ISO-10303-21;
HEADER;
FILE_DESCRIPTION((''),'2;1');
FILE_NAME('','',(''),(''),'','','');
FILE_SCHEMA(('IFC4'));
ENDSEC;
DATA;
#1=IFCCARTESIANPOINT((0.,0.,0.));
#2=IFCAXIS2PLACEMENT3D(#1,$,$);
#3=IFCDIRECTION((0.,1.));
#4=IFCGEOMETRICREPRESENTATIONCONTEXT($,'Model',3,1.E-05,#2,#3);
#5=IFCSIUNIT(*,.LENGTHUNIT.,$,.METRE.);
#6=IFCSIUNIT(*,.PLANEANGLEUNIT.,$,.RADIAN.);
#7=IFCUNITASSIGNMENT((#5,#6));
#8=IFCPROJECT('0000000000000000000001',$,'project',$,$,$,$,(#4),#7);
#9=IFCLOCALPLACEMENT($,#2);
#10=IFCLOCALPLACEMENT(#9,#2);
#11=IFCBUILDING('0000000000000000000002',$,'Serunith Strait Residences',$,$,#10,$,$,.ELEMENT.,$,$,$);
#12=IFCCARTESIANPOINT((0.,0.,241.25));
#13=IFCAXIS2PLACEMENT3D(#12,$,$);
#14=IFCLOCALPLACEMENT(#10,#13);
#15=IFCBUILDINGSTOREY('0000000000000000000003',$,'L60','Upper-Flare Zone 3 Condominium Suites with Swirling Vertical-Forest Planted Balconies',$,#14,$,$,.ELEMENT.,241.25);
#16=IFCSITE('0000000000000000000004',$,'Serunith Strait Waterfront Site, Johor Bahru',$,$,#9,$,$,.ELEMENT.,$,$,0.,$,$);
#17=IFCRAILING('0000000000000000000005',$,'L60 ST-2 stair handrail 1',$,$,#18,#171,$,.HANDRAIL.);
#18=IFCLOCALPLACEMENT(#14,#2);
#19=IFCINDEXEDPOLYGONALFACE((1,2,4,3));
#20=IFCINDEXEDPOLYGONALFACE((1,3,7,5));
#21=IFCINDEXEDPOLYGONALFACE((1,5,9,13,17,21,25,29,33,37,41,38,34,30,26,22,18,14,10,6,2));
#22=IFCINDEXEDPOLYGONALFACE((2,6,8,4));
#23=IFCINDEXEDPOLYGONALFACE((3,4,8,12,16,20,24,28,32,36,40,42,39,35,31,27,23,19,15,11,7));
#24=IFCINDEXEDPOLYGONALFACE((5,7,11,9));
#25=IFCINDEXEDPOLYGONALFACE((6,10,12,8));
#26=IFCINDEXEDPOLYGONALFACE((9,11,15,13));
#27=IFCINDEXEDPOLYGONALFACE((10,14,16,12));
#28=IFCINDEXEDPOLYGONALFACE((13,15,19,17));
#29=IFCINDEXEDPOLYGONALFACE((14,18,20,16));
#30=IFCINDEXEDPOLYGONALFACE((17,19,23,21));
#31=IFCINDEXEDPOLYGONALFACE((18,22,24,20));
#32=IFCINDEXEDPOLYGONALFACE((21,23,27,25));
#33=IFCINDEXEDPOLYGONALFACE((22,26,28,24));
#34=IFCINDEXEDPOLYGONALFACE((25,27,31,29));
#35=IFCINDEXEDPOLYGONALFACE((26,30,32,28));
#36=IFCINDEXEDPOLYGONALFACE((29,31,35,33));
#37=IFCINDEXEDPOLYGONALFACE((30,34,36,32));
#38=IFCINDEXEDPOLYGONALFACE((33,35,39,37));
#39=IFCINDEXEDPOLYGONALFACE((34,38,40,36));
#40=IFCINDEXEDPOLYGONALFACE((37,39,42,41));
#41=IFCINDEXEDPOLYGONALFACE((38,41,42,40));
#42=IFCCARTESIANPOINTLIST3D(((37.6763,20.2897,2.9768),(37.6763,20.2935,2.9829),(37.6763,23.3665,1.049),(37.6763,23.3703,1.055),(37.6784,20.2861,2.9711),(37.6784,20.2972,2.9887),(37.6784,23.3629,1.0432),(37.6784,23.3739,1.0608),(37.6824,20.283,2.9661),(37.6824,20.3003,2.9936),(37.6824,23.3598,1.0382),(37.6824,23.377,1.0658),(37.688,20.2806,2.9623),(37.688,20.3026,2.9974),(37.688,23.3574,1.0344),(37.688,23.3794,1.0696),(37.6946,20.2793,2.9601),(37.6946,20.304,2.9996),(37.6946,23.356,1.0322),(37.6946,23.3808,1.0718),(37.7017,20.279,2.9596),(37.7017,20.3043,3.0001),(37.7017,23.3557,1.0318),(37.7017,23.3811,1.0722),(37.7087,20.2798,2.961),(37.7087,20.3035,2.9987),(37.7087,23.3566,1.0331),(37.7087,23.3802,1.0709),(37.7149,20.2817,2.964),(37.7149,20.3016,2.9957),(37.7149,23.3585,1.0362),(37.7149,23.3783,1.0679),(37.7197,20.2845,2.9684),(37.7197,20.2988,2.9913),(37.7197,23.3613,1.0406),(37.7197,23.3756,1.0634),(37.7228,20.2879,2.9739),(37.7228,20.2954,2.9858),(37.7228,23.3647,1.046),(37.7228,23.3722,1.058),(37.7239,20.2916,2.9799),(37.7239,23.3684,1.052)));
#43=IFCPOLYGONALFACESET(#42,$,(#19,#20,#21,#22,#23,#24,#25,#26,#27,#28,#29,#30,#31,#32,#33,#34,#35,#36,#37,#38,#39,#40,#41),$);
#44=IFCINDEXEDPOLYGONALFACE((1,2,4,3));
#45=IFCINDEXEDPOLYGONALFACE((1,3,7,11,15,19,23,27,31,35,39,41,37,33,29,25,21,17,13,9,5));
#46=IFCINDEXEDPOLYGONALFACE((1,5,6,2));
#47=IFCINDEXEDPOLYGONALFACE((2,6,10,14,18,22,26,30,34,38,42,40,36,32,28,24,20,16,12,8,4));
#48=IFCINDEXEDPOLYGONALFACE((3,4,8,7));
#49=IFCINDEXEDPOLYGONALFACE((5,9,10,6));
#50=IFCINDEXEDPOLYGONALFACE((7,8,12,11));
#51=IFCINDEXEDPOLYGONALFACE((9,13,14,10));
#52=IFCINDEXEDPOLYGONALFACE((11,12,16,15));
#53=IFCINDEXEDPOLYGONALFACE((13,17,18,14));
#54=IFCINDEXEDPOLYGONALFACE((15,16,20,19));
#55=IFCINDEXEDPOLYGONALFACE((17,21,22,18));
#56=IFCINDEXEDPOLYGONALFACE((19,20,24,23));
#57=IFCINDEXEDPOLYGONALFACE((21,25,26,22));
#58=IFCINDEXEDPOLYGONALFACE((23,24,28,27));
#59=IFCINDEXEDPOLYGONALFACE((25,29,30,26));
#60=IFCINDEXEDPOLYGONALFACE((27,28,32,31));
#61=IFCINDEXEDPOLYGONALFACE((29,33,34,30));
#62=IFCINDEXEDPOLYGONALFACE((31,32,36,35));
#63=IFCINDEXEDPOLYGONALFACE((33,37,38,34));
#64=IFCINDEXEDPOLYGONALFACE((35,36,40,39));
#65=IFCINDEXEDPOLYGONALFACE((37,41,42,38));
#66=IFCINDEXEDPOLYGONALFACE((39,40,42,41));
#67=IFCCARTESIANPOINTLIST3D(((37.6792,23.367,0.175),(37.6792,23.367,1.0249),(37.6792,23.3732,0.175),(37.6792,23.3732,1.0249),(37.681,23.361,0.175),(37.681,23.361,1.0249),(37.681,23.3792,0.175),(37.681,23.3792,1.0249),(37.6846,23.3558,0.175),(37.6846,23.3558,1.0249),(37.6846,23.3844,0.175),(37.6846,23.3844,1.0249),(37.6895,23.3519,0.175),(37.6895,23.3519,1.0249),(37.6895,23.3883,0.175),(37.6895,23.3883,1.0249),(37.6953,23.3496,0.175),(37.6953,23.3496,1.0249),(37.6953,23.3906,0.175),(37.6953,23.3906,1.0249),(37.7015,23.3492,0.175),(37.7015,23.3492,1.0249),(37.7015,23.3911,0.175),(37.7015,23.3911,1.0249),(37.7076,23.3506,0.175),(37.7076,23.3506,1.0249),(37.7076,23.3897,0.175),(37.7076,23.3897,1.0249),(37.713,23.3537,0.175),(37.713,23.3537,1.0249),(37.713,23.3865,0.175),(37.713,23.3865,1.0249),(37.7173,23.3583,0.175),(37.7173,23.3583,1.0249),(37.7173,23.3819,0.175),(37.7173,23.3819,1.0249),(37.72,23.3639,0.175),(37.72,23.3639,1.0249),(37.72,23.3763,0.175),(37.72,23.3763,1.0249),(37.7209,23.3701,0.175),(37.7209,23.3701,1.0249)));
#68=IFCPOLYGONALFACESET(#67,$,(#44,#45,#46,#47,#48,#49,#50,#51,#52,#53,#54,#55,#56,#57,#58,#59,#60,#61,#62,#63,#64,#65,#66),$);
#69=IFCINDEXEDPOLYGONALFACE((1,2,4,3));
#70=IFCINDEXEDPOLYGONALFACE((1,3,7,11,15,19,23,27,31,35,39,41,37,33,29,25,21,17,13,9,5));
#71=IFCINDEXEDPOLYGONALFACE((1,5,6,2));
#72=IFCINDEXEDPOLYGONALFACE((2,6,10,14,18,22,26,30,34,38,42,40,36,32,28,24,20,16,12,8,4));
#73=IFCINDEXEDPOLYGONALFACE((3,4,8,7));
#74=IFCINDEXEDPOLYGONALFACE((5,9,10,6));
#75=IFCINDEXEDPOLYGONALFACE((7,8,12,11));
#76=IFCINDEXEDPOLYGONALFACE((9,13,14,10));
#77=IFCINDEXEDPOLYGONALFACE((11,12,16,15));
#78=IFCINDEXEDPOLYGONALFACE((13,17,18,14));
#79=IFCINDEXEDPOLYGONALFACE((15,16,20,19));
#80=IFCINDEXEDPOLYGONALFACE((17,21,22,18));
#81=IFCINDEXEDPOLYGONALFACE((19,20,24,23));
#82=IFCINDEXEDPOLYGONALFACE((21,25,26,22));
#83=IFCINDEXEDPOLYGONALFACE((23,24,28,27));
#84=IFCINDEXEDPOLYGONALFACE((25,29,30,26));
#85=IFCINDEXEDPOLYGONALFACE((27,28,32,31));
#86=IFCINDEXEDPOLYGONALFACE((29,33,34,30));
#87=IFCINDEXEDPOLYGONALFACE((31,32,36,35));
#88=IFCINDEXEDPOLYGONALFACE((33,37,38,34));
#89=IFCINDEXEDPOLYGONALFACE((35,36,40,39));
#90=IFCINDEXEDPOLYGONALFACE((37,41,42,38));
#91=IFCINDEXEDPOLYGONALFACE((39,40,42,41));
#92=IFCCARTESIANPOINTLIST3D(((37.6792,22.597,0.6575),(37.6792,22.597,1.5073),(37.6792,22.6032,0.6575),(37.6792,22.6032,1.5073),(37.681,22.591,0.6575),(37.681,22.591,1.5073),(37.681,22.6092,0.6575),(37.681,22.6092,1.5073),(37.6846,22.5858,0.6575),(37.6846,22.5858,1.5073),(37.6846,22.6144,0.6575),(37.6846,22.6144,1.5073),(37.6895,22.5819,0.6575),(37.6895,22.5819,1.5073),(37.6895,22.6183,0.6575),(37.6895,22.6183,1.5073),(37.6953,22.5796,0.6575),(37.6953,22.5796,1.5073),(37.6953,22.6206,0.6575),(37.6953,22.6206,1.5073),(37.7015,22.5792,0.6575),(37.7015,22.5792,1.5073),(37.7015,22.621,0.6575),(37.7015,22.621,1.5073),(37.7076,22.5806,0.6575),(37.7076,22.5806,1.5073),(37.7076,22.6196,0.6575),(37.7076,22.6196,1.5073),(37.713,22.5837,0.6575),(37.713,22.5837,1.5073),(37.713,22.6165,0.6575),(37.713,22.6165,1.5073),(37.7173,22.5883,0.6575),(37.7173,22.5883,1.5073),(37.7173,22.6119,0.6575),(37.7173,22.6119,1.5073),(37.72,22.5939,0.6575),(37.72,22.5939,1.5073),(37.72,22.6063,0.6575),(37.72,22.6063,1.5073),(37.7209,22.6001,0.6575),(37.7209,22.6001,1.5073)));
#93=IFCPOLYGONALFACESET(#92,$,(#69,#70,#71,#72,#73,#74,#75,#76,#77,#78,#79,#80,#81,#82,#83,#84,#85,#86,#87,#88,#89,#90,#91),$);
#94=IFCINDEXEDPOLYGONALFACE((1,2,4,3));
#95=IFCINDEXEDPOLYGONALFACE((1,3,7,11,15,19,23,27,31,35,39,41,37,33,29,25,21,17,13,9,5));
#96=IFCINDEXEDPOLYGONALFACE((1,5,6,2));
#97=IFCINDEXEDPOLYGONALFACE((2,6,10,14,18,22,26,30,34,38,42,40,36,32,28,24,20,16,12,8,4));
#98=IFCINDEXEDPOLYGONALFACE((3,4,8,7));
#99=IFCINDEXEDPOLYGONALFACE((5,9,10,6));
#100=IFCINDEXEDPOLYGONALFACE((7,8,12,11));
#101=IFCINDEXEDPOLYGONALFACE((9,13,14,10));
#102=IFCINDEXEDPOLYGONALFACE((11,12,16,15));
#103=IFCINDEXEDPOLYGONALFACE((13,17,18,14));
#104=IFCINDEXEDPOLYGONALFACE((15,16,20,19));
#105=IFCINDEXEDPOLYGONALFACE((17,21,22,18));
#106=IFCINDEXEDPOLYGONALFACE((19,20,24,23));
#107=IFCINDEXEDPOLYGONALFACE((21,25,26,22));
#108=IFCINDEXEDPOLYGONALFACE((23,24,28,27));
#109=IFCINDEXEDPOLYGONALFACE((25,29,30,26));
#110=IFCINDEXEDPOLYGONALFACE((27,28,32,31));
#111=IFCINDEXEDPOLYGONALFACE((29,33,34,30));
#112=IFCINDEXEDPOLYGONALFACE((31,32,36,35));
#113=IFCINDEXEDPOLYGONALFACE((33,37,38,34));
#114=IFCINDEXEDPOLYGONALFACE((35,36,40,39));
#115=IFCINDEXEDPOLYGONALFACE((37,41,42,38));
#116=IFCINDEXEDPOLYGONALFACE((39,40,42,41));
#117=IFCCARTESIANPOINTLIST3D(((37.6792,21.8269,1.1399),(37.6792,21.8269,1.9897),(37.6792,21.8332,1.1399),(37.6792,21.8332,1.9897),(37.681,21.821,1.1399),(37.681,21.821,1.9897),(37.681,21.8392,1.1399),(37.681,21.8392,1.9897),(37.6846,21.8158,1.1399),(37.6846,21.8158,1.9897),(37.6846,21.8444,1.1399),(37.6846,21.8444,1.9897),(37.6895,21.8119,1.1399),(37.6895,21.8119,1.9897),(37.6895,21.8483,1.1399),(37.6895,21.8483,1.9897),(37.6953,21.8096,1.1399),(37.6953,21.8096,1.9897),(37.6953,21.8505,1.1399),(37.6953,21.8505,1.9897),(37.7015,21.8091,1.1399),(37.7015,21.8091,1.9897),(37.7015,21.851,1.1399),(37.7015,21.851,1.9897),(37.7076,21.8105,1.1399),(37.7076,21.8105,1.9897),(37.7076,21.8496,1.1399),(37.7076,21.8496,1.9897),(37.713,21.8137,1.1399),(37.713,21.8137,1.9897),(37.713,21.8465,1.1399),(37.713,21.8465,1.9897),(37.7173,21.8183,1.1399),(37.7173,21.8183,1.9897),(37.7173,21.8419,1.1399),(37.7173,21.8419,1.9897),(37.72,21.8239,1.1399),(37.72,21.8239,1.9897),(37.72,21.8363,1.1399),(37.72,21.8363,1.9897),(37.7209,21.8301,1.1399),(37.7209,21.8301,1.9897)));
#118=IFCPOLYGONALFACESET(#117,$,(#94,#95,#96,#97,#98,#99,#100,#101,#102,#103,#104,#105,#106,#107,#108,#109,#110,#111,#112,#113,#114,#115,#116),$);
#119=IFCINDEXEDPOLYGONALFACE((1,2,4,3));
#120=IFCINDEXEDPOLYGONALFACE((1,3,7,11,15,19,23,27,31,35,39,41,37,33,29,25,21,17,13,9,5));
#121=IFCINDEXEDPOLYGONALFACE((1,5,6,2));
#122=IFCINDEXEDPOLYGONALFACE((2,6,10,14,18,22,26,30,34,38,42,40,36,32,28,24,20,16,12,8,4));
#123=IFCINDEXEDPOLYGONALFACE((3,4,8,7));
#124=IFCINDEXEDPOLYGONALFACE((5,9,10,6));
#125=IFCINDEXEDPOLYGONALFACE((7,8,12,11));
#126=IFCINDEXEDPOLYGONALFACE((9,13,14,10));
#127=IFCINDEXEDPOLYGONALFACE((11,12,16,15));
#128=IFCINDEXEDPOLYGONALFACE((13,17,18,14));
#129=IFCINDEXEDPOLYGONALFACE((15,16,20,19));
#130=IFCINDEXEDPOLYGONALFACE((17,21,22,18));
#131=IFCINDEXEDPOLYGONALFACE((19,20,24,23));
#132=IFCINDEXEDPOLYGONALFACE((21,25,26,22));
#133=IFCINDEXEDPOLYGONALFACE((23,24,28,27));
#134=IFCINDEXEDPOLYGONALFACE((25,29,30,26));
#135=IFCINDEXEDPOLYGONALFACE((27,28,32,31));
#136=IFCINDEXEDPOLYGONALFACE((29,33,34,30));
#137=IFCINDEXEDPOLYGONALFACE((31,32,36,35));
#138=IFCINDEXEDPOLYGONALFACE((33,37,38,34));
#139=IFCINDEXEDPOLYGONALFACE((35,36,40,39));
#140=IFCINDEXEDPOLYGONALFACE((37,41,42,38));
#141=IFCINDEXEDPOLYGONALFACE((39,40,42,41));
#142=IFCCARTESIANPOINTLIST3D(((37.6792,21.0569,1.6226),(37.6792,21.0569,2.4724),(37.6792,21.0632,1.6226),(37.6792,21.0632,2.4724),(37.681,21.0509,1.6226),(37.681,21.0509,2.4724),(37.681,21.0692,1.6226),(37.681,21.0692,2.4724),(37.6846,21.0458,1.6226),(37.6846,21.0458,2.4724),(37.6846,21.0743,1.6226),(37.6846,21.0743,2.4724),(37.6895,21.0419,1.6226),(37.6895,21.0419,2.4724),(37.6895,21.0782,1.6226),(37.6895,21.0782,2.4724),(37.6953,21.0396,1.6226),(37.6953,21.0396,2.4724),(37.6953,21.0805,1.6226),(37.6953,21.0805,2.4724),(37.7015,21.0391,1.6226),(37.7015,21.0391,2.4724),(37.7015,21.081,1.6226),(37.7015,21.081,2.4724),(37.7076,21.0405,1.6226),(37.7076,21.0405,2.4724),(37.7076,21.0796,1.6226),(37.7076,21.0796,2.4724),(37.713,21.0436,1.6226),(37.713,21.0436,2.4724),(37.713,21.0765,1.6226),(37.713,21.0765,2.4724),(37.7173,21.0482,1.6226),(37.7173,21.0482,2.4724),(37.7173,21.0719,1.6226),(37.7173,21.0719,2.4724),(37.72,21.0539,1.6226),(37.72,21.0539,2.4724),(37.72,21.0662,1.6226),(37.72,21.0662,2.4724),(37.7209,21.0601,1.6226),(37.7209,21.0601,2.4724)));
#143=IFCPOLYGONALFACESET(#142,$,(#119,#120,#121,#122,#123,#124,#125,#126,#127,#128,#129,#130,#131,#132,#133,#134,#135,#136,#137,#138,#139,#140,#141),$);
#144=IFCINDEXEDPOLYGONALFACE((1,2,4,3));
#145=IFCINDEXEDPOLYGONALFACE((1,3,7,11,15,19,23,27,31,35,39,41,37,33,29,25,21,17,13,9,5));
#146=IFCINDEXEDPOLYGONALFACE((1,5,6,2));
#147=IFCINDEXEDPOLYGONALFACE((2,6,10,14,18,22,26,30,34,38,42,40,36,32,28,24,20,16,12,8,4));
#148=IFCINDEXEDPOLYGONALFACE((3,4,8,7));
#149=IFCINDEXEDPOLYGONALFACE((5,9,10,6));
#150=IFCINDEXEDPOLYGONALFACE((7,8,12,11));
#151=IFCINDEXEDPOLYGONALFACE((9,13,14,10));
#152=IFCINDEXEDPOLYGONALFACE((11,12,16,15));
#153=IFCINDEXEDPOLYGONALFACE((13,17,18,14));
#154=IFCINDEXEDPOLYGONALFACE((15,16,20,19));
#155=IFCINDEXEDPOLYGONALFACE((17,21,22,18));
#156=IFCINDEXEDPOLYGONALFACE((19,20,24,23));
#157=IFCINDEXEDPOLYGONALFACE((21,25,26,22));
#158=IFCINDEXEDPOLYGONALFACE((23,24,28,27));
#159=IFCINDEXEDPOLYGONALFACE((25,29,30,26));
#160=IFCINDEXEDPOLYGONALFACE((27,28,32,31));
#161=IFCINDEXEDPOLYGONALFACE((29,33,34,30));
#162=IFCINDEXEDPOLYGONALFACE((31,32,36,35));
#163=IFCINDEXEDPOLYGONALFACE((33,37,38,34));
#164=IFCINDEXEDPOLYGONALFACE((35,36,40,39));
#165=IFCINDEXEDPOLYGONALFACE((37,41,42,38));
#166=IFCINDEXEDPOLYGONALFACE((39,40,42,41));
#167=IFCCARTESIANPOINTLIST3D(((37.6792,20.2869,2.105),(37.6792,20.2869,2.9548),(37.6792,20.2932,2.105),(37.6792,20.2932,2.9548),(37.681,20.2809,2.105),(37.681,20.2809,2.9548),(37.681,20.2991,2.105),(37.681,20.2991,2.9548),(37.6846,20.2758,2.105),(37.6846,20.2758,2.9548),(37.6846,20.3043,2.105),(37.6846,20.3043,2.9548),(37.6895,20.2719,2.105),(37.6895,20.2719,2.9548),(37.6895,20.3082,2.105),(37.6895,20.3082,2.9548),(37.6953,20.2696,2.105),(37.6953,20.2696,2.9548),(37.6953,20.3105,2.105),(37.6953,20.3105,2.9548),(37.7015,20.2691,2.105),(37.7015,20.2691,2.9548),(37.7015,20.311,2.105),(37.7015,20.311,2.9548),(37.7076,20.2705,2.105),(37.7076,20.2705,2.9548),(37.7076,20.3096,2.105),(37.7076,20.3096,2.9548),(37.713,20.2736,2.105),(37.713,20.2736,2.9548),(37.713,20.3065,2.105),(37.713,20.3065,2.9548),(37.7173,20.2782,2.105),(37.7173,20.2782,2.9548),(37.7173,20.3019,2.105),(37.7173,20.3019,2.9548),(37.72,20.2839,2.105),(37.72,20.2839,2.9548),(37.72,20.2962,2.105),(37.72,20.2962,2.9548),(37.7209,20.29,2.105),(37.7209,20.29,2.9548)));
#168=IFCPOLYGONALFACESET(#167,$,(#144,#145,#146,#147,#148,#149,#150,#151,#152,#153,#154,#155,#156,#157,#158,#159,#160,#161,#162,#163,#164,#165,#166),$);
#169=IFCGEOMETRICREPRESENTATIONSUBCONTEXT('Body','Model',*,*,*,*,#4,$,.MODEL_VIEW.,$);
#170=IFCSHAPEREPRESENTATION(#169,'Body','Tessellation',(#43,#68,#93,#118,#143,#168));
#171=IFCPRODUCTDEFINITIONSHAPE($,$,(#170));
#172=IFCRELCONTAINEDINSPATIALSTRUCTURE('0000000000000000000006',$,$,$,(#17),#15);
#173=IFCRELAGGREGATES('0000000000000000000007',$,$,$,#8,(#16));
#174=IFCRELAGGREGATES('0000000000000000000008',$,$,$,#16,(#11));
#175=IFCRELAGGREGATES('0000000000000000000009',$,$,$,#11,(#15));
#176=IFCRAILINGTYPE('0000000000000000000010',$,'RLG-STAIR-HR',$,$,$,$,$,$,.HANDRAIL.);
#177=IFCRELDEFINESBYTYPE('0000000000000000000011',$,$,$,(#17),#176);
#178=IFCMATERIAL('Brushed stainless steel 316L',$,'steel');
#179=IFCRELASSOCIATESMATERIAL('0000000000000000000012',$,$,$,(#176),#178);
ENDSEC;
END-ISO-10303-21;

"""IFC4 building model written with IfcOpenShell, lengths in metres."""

from ifc_helpers import new_model, si_unit, direction, frame, origin, origin_2d, place, context, subcontext, project, spatial, circle, extrude, material, type_object, element, save


model = new_model("IFC4")

# Units and contexts
model_context = context("Model", 3, precision=1e-05, world=origin(), true_north=direction((0.0, 1.0)))
body_context = subcontext(model_context, "Body", "Model", "MODEL_VIEW")
ifc_project = project(units=[si_unit("LENGTHUNIT", "METRE"), si_unit("PLANEANGLEUNIT", "RADIAN")], contexts=[model_context])

# Site, building, storey
site_placement = place(None, origin())
site = spatial("IfcSite", under=ifc_project, at=site_placement, Name="Serunith Strait Waterfront Site, Johor Bahru", CompositionType="ELEMENT", RefElevation=0.0)
building_placement = place(site_placement, origin())
building = spatial("IfcBuilding", under=site, at=building_placement, Name="Serunith Strait Residences", CompositionType="ELEMENT")
storey_placement = place(building_placement, frame((0.0, 0.0, 241.25)))
storey = spatial("IfcBuildingStorey", under=building, at=storey_placement, Name="L60", Description="Upper-Flare Zone 3 Condominium Suites with Swirling Vertical-Forest Planted Balconies", CompositionType="ELEMENT", Elevation=241.25)

# Railing
ifc_material_1 = material(Name="Brushed stainless steel 316L", Category="steel")
railing_type_1 = type_object("IfcRailingType", Name="RLG-STAIR-HR", PredefinedType="HANDRAIL", material=ifc_material_1)
railing_1_placement = place(storey_placement, frame((37.7, 23.3701, 0.175)))
element("IfcRailing", 1, at=railing_1_placement, inside=storey, type_object=railing_type_1, Name="L60 ST-2 stair handrail 1", PredefinedType="HANDRAIL", context=body_context, shape_type="SweptSolid", body=[
    extrude(circle(Radius=0.0239, at=origin_2d()), frame((0.0, -0.0017, 0.877), z_axis=(0.0, -0.847394, 0.530965), x_axis=(1.0, 0.0, 0.0)), (0.0, 0.0, 1.0), 3.6309),
    extrude(circle(Radius=0.021, at=origin_2d()), origin(), (0.0, 0.0, 1.0), 0.8499),
    extrude(circle(Radius=0.021, at=origin_2d()), frame((0.0, -0.77, 0.4824)), (0.0, 0.0, 1.0), 0.8499),
    extrude(circle(Radius=0.021, at=origin_2d()), frame((0.0, -1.54, 0.9648)), (0.0, 0.0, 1.0), 0.8499),
    extrude(circle(Radius=0.021, at=origin_2d()), frame((0.0, -2.3101, 1.4475)), (0.0, 0.0, 1.0), 0.8499),
    extrude(circle(Radius=0.021, at=origin_2d()), frame((0.0, -3.0801, 1.9299)), (0.0, 0.0, 1.0), 0.8499),
])

save(model, "model.ifc")
